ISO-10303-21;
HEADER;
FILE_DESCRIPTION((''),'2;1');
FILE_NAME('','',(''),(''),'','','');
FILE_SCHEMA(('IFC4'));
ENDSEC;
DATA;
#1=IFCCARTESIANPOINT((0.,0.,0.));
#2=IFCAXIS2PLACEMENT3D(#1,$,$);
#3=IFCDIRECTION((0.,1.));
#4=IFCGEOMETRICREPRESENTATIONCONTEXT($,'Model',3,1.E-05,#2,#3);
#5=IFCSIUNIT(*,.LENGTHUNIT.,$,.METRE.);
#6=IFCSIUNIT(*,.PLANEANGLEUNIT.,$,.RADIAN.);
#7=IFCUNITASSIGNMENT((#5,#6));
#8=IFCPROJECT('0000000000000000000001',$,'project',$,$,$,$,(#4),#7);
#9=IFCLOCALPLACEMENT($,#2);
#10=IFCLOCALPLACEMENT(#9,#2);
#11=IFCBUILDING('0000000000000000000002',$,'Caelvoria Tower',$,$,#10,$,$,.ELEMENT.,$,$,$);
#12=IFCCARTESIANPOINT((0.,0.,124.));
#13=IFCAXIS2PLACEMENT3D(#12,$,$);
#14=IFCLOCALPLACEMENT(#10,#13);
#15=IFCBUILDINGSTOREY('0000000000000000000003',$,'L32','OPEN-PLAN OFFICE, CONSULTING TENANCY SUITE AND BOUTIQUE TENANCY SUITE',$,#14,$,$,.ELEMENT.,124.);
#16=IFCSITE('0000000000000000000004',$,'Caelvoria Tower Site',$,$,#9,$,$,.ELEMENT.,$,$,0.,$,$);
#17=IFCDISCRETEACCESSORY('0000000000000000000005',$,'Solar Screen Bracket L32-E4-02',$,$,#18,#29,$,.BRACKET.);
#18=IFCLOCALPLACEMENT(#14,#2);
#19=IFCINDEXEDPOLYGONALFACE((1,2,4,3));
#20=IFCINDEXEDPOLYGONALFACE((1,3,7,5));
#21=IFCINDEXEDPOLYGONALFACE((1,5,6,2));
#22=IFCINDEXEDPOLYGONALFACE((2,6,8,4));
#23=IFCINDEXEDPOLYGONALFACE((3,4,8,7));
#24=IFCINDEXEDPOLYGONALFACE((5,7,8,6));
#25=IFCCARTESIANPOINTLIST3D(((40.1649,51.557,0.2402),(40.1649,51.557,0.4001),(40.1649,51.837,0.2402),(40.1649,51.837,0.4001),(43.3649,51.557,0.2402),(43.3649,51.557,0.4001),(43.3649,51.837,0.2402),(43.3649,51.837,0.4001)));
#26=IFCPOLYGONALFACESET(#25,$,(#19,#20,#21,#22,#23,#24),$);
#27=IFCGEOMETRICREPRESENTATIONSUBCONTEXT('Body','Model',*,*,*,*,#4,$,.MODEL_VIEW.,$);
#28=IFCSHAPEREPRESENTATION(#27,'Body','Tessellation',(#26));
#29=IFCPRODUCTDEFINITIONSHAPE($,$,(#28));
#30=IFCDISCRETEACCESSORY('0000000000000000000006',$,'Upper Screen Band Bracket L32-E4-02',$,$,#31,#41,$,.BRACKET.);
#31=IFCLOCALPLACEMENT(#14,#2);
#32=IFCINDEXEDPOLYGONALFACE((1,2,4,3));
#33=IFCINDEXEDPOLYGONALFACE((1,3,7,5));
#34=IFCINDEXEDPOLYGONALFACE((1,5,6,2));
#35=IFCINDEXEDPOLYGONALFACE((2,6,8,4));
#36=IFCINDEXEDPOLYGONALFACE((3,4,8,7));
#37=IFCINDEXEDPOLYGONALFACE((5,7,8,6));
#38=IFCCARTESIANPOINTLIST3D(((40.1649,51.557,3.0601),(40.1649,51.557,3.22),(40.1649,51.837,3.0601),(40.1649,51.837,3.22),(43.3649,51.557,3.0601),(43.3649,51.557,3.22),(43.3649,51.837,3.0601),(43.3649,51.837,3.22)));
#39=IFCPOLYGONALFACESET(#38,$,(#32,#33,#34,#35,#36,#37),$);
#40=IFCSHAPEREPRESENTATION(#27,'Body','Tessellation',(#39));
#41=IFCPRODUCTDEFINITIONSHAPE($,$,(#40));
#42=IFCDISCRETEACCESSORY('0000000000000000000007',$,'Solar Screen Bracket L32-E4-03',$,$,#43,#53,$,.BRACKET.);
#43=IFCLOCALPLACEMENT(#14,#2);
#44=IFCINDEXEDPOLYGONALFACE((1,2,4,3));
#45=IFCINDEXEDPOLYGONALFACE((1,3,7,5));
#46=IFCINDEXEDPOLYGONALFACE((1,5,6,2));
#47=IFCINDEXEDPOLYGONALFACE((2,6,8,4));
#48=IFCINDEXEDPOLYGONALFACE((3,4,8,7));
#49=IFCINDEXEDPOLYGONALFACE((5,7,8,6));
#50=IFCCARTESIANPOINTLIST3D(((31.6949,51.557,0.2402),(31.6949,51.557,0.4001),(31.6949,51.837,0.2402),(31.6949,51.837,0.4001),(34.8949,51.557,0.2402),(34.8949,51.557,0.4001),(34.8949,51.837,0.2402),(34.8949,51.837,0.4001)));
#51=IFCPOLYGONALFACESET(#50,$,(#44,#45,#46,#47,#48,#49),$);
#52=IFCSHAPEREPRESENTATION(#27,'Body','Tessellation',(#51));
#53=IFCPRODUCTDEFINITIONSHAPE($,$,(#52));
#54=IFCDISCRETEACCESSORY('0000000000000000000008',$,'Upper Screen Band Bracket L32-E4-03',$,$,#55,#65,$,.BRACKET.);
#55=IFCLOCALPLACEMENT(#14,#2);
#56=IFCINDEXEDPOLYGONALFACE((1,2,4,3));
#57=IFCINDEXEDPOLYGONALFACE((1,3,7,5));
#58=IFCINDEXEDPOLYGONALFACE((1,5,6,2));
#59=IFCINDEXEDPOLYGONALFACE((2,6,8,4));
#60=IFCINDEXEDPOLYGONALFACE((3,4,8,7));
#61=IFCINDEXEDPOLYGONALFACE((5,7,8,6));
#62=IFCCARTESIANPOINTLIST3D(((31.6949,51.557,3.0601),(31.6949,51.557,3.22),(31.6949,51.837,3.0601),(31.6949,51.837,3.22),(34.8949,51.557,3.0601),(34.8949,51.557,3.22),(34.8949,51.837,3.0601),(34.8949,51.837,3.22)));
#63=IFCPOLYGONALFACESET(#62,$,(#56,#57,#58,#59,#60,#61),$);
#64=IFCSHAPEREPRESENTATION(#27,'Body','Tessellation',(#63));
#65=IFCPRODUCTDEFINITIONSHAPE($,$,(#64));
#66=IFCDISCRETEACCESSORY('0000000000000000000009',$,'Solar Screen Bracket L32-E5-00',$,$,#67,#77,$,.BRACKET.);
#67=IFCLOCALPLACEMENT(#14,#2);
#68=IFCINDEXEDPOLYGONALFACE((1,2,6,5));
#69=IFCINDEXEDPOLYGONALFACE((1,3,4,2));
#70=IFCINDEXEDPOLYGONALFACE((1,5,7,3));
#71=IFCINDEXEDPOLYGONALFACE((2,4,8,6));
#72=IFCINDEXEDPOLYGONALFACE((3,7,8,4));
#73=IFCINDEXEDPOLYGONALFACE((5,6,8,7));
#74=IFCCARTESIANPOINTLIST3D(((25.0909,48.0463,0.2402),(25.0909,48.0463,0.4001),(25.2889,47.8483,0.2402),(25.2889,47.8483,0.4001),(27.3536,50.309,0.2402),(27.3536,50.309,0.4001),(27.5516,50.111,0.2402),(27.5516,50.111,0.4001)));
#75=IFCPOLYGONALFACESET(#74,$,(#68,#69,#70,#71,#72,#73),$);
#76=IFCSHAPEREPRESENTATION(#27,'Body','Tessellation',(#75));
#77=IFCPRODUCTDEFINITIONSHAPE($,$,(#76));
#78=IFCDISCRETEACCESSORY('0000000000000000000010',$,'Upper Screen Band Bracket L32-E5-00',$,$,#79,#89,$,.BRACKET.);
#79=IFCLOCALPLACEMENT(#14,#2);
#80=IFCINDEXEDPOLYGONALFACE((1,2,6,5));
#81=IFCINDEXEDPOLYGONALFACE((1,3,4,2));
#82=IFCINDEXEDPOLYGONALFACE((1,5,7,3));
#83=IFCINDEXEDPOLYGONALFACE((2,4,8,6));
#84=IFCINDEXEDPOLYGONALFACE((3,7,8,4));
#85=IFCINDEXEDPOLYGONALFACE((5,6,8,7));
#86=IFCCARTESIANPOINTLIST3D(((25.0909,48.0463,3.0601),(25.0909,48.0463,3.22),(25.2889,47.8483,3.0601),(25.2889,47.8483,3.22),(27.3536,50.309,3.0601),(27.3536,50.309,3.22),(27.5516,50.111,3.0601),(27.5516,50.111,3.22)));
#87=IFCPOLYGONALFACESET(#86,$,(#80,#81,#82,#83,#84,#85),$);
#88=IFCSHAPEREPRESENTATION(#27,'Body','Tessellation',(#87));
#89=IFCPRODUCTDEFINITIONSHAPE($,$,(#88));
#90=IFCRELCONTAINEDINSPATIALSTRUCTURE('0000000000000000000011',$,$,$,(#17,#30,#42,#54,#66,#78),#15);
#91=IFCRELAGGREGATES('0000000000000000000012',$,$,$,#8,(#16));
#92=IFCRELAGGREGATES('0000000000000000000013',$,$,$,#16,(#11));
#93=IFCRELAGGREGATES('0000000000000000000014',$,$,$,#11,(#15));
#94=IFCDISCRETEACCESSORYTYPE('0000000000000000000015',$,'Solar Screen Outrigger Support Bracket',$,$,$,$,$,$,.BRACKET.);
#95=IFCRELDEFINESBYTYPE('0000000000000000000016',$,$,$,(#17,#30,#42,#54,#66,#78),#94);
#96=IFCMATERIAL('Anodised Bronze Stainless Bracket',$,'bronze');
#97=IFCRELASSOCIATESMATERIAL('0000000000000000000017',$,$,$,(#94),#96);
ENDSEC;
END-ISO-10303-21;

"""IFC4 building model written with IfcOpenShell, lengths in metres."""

from ifc_helpers import new_model, si_unit, direction, frame, origin, origin_2d, place, context, subcontext, project, spatial, rectangle, extrude, material, type_object, element, save


model = new_model("IFC4")

# Units and contexts
model_context = context("Model", 3, precision=1e-05, world=origin(), true_north=direction((0.0, 1.0)))
body_context = subcontext(model_context, "Body", "Model", "MODEL_VIEW")
ifc_project = project(units=[si_unit("LENGTHUNIT", "METRE"), si_unit("PLANEANGLEUNIT", "RADIAN")], contexts=[model_context])

# Site, building, storey
site_placement = place(None, origin())
site = spatial("IfcSite", under=ifc_project, at=site_placement, Name="Caelvoria Tower Site", CompositionType="ELEMENT", RefElevation=0.0)
building_placement = place(site_placement, origin())
building = spatial("IfcBuilding", under=site, at=building_placement, Name="Caelvoria Tower", CompositionType="ELEMENT")
storey_placement = place(building_placement, frame((0.0, 0.0, 124.0)))
storey = spatial("IfcBuildingStorey", under=building, at=storey_placement, Name="L32", Description="OPEN-PLAN OFFICE, CONSULTING TENANCY SUITE AND BOUTIQUE TENANCY SUITE", CompositionType="ELEMENT", Elevation=124.0)

# Discrete accessories
ifc_material_1 = material(Name="Anodised Bronze Stainless Bracket", Category="bronze")
discrete_accessory_type = type_object("IfcDiscreteAccessoryType", Name="Solar Screen Outrigger Support Bracket", PredefinedType="BRACKET", material=ifc_material_1)
for number, where, z_axis, x_axis, name in (
    (1, (41.7649, 51.697, 0.2402), (0.0, 0.0, 1.0), (-1.0, 0.0, 0.0), "Solar Screen Bracket L32-E4-02"),
    (2, (41.7649, 51.697, 3.0601), (0.0, 0.0, 1.0), (-1.0, 0.0, 0.0), "Upper Screen Band Bracket L32-E4-02"),
    (3, (33.2949, 51.697, 0.2402), (0.0, 0.0, 1.0), (-1.0, 0.0, 0.0), "Solar Screen Bracket L32-E4-03"),
    (4, (33.2949, 51.697, 3.0601), (0.0, 0.0, 1.0), (-1.0, 0.0, 0.0), "Upper Screen Band Bracket L32-E4-03"),
    (5, (26.3213, 49.0786, 0.2402), (0.0, 0.0, 1.0), (-0.707107, -0.707107, 0.0), "Solar Screen Bracket L32-E5-00"),
    (6, (26.3213, 49.0786, 3.0601), (0.0, 0.0, 1.0), (-0.707107, -0.707107, 0.0), "Upper Screen Band Bracket L32-E5-00"),
):
    element("IfcDiscreteAccessory", number, at=place(storey_placement, frame(where, z_axis=z_axis, x_axis=x_axis)), inside=storey, type_object=discrete_accessory_type, Name=name, PredefinedType="BRACKET", context=body_context, shape_type="SweptSolid", body=[
        extrude(rectangle(XDim=3.2, YDim=0.28, at=origin_2d()), origin(), (0.0, 0.0, 1.0), 0.1599),
    ])

save(model, "model.ifc")
